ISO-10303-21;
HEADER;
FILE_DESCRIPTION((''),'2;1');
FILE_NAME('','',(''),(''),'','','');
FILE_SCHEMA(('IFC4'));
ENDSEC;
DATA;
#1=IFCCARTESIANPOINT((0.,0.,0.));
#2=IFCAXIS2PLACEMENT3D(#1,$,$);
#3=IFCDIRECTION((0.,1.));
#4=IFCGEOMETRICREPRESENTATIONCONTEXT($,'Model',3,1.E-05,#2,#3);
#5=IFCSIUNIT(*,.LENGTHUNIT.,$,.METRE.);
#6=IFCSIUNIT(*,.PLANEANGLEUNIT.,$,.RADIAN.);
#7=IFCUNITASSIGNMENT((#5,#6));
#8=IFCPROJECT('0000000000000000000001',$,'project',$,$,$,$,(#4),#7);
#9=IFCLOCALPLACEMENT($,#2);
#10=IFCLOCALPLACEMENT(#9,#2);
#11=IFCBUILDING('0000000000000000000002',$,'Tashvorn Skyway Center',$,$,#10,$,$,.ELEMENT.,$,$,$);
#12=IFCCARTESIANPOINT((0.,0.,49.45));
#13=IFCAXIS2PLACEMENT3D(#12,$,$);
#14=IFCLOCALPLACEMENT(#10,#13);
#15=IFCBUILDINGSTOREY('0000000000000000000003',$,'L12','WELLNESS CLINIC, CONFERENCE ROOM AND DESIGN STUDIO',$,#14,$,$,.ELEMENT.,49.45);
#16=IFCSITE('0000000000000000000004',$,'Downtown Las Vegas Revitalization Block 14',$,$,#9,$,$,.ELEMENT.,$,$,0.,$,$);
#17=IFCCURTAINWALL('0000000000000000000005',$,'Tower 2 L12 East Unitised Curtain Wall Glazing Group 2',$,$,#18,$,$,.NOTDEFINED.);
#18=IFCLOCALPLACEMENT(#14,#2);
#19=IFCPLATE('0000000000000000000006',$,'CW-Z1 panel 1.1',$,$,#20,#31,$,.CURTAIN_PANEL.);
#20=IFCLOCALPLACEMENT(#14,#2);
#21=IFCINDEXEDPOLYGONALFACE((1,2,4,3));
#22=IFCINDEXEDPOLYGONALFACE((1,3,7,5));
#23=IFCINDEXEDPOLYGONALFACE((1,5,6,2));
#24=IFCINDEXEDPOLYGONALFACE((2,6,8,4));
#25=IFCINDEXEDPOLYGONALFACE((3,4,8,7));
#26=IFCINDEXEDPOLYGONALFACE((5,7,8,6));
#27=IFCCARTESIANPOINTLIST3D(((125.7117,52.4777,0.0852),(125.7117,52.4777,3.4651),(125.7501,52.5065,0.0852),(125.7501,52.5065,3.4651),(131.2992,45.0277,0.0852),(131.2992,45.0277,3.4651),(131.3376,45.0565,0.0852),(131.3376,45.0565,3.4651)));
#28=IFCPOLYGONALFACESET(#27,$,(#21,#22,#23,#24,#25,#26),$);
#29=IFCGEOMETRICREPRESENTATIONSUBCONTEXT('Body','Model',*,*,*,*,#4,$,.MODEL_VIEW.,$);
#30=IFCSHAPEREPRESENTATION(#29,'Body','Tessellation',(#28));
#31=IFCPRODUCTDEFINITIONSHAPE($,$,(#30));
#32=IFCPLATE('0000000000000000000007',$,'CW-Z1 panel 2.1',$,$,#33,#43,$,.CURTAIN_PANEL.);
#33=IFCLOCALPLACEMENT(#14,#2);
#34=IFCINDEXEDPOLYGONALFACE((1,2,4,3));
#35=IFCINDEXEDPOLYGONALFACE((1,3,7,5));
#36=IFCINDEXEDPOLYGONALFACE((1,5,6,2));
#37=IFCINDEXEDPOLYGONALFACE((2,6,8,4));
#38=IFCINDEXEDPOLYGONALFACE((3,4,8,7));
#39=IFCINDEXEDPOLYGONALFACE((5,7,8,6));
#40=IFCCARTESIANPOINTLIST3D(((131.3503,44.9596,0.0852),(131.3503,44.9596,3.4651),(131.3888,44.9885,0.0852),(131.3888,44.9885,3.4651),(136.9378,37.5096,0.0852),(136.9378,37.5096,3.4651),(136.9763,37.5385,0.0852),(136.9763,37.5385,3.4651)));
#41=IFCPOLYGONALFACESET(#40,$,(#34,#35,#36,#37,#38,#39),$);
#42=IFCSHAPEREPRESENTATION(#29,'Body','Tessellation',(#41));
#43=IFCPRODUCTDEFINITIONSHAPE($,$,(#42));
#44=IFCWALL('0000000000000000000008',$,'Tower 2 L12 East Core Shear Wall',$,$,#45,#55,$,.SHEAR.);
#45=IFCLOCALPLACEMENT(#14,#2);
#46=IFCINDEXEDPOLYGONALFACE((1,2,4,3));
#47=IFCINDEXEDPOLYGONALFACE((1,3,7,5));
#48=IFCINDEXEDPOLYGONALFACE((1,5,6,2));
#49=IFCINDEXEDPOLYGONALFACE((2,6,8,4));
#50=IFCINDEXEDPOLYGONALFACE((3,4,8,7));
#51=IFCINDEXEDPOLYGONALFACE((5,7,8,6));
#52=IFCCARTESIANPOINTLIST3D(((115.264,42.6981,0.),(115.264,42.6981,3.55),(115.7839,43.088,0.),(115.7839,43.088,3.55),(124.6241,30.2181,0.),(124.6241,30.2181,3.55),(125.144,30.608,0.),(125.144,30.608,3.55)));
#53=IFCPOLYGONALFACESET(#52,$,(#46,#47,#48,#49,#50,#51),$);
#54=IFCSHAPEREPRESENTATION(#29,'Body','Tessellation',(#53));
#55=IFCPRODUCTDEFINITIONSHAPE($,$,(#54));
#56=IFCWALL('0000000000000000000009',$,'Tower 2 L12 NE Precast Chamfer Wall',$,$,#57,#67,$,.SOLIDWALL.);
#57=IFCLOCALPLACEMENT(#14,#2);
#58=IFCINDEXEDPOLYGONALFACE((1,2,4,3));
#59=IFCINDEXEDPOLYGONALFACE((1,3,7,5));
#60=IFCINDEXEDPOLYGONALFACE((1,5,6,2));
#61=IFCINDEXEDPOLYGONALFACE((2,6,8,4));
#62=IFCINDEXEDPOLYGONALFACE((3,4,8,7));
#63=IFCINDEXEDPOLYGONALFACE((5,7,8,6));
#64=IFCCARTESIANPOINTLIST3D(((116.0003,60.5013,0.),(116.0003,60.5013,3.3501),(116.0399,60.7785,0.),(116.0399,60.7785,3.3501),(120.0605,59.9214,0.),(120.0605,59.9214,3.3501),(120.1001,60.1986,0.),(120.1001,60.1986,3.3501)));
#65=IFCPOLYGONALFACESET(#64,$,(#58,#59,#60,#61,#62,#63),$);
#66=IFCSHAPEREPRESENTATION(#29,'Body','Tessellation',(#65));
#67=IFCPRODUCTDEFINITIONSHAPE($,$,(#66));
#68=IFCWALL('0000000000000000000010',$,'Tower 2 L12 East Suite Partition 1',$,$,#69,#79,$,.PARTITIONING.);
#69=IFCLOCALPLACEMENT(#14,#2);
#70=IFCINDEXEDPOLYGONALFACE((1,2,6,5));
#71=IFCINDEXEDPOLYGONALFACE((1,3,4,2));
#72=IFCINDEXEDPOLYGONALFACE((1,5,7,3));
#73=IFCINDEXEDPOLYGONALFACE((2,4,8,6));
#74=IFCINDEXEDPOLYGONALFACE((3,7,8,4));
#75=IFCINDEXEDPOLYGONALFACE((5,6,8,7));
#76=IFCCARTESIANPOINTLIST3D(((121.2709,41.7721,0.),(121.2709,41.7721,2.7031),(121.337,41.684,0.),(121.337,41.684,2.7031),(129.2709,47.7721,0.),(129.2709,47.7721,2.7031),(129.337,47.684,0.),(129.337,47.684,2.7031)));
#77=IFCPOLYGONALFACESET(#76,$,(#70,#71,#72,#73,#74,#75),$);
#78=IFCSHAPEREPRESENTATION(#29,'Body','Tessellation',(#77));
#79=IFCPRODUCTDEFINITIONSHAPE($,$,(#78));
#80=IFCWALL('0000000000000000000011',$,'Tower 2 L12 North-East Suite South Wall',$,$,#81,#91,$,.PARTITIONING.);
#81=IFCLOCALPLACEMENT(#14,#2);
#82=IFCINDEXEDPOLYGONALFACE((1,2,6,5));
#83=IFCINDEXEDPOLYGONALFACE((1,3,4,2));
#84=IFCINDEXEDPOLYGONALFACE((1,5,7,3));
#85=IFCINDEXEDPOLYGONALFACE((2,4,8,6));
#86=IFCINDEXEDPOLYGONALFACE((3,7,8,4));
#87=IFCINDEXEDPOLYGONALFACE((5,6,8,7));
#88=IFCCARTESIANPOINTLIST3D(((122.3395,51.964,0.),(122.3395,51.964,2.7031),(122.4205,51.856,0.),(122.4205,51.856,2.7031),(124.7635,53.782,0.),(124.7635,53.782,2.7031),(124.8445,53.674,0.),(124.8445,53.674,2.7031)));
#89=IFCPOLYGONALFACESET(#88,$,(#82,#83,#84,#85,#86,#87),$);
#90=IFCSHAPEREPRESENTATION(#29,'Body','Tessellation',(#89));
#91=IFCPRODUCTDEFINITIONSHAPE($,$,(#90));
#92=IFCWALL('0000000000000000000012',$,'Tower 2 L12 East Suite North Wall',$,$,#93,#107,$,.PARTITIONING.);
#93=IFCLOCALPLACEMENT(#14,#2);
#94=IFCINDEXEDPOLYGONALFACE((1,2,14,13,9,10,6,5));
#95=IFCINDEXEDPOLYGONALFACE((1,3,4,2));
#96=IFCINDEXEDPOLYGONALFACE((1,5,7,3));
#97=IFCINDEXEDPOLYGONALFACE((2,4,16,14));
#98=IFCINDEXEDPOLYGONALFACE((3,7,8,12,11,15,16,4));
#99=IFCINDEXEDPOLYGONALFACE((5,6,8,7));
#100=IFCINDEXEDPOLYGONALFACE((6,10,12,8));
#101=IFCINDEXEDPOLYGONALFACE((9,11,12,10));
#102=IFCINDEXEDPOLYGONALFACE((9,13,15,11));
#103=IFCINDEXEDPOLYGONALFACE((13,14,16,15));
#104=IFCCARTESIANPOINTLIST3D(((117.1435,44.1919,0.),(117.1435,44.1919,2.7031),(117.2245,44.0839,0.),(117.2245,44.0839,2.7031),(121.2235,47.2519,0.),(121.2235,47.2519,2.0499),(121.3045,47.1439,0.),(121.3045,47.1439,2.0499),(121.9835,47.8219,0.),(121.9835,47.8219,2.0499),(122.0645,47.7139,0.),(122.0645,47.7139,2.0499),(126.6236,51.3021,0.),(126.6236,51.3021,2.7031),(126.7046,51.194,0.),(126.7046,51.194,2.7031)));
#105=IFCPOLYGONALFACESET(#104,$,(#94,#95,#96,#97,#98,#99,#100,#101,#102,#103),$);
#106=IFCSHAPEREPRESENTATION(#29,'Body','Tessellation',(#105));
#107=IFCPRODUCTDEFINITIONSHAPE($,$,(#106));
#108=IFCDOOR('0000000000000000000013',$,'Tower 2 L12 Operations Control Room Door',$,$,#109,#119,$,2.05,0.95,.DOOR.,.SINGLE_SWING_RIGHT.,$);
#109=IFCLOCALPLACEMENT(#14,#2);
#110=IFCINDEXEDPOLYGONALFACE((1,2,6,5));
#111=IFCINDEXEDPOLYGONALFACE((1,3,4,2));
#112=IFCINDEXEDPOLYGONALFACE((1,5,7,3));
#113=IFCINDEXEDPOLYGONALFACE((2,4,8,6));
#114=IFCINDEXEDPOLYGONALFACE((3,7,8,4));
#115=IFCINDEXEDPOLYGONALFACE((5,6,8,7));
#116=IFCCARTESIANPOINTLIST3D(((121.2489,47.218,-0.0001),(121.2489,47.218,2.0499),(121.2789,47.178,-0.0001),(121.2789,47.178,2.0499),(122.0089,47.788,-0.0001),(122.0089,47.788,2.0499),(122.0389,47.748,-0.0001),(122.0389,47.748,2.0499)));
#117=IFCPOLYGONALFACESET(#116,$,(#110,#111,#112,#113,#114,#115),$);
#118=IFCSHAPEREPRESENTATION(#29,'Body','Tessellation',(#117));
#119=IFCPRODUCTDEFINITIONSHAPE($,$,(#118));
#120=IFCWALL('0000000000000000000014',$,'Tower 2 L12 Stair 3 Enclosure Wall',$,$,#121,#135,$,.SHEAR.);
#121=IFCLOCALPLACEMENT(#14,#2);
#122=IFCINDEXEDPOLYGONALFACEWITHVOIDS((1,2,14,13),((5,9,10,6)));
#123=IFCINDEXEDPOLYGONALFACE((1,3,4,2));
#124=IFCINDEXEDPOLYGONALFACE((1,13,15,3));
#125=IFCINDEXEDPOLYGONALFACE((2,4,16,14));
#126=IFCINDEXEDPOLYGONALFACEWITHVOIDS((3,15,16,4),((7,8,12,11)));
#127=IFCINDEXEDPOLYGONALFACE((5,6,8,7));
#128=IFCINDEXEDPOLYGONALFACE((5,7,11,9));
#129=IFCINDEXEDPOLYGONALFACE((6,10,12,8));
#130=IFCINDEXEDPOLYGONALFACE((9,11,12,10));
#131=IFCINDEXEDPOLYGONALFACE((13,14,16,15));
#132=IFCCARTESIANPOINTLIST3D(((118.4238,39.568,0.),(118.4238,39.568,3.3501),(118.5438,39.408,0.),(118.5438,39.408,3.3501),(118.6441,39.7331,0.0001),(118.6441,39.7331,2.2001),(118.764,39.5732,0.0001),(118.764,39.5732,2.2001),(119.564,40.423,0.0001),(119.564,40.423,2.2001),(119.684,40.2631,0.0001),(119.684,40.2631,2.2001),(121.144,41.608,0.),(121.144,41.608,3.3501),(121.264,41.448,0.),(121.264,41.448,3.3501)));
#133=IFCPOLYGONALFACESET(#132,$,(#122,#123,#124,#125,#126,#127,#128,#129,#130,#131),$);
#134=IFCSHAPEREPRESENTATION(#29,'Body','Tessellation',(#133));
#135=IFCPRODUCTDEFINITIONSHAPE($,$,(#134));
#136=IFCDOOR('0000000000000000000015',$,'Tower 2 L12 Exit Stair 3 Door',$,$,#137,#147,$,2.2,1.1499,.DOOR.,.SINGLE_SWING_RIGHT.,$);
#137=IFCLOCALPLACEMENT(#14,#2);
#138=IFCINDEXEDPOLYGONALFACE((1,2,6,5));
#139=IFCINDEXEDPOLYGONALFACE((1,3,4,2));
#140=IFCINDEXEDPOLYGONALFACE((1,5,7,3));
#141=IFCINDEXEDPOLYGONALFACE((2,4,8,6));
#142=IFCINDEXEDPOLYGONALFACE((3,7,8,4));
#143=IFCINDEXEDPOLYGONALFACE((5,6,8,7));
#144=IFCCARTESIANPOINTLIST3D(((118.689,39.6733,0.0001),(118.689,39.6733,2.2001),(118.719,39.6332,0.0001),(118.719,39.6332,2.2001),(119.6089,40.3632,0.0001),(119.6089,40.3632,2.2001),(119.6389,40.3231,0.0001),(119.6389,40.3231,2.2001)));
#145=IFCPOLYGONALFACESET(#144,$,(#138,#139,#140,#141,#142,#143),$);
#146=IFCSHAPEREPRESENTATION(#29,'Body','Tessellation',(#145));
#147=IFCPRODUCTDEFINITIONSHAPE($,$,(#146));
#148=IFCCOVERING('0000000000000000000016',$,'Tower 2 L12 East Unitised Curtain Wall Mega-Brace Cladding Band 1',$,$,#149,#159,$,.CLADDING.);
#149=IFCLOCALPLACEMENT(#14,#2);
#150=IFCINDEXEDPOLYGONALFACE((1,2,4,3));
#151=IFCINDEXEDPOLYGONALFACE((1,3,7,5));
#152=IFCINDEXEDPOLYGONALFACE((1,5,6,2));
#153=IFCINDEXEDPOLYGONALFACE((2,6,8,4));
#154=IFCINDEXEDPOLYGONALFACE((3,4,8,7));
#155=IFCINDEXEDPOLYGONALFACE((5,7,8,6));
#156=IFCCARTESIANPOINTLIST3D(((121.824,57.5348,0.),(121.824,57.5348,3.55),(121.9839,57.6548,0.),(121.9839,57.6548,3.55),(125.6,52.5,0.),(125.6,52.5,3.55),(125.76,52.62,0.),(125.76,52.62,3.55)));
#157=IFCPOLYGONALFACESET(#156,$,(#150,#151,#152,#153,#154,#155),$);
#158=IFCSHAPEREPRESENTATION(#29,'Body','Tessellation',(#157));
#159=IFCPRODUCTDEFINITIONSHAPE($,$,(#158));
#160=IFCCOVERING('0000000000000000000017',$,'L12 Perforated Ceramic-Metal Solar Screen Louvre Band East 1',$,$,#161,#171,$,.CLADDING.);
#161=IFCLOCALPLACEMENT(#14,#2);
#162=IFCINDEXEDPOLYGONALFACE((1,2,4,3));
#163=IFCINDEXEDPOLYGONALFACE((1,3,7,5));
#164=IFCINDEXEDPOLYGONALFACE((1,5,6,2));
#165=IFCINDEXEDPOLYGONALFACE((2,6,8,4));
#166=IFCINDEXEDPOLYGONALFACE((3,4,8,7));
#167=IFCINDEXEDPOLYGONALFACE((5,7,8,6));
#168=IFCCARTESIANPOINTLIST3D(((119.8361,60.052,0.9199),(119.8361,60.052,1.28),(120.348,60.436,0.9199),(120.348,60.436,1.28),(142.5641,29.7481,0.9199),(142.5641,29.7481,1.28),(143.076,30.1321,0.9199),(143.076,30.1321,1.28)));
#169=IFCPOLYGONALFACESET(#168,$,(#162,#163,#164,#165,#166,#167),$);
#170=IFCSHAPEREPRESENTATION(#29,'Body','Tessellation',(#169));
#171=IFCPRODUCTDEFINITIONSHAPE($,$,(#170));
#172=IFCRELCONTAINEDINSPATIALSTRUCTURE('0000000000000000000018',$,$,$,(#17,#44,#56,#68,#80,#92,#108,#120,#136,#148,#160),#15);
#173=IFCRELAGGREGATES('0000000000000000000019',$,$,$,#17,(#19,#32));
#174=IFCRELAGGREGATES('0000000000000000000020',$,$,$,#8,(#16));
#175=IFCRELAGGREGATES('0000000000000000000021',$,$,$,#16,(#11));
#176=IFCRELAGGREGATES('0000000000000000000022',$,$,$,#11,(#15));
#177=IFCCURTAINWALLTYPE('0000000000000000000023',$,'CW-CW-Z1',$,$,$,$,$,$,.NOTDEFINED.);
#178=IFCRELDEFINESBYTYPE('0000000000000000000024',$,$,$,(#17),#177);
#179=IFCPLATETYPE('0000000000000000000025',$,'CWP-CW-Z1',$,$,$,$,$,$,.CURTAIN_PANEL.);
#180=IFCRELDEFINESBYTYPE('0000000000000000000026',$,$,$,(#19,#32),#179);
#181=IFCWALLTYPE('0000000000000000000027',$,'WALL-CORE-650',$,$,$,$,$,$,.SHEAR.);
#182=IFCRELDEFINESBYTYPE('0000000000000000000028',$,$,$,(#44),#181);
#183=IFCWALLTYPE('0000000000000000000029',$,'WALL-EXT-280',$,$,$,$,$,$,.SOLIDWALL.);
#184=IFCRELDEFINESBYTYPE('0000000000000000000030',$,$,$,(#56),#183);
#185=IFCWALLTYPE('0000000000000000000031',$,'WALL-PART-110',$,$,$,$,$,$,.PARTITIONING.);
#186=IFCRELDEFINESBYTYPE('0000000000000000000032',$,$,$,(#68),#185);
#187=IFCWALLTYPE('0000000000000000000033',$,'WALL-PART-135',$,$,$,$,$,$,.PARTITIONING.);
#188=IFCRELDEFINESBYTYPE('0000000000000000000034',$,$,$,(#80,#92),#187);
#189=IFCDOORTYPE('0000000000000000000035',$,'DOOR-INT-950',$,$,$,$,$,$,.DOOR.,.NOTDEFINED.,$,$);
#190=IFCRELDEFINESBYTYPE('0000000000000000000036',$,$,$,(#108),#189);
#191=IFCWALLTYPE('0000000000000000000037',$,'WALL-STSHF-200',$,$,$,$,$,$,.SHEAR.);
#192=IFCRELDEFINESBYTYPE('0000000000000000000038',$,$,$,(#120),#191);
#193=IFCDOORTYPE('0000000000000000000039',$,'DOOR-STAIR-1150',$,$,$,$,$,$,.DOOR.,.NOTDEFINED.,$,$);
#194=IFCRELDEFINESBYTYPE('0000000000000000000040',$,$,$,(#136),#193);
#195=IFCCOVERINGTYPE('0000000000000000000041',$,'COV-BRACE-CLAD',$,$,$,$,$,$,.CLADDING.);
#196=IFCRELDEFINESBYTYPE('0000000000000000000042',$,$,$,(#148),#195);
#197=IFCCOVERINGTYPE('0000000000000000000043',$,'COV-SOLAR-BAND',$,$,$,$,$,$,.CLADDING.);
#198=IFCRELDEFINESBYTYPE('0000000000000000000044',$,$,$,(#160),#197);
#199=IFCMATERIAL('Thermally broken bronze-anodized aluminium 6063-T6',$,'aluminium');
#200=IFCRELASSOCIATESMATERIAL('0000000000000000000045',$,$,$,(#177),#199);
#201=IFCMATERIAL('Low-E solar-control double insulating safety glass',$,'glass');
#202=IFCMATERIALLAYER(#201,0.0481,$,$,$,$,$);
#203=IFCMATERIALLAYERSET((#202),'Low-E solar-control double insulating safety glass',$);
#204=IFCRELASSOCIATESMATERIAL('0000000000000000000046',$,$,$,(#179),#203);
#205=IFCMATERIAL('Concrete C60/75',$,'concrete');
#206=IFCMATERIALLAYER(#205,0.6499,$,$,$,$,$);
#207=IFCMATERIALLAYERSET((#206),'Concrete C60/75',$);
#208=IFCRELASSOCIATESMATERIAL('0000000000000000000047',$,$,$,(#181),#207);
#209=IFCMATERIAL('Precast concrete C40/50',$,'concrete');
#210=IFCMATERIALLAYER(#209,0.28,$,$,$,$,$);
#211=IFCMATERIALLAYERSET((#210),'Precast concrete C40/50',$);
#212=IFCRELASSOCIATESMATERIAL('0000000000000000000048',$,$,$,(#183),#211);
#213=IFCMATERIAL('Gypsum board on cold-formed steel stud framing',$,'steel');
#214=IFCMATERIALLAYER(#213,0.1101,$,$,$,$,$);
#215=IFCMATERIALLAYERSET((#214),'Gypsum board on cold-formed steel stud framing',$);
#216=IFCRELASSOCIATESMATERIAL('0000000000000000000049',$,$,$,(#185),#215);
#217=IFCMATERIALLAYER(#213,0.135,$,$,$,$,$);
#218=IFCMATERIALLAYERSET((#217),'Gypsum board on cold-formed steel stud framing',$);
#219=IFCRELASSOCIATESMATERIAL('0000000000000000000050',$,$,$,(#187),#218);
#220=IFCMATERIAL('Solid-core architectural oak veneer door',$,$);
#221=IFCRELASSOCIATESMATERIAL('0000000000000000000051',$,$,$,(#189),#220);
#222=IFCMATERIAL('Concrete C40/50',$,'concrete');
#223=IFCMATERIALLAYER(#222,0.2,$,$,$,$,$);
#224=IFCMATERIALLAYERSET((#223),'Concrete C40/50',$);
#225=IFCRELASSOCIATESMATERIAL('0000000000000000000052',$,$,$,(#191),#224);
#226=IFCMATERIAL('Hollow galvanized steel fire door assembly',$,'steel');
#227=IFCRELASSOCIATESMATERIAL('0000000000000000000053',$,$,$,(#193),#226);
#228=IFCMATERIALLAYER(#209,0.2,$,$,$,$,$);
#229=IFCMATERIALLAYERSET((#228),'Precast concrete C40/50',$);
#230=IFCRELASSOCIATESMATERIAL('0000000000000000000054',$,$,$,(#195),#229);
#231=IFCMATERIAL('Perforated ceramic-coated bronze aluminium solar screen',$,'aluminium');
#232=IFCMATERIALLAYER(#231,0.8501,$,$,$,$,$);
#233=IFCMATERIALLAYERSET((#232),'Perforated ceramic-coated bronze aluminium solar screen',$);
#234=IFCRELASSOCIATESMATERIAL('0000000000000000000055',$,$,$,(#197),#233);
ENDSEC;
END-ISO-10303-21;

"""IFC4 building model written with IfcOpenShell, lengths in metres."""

from ifc_helpers import new_model, si_unit, direction, frame, frame_2d, origin, origin_2d, place, context, subcontext, project, spatial, rectangle, extrude, material, layer, layer_set, type_object, element, fill, aggregate, save


model = new_model("IFC4")

# Units and contexts
model_context = context("Model", 3, precision=1e-05, world=origin(), true_north=direction((0.0, 1.0)))
body_context = subcontext(model_context, "Body", "Model", "MODEL_VIEW")
ifc_project = project(units=[si_unit("LENGTHUNIT", "METRE"), si_unit("PLANEANGLEUNIT", "RADIAN")], contexts=[model_context])

# Site, building, storey
site_placement = place(None, origin())
site = spatial("IfcSite", under=ifc_project, at=site_placement, Name="Downtown Las Vegas Revitalization Block 14", CompositionType="ELEMENT", RefElevation=0.0)
building_placement = place(site_placement, origin())
building = spatial("IfcBuilding", under=site, at=building_placement, Name="Tashvorn Skyway Center", CompositionType="ELEMENT")
storey_placement = place(building_placement, frame((0.0, 0.0, 49.45)))
storey = spatial("IfcBuildingStorey", under=building, at=storey_placement, Name="L12", Description="WELLNESS CLINIC, CONFERENCE ROOM AND DESIGN STUDIO", CompositionType="ELEMENT", Elevation=49.45)

# Shared definitions
ifc_material_1 = material(Name="Thermally broken bronze-anodized aluminium 6063-T6", Category="aluminium")
curtain_wall_type = type_object("IfcCurtainWallType", Name="CW-CW-Z1", PredefinedType="NOTDEFINED", material=ifc_material_1)

# Curtain wall
curtain_wall_1_placement = place(storey_placement, origin())
curtain_wall_1 = element("IfcCurtainWall", 1, at=curtain_wall_1_placement, inside=storey, type_object=curtain_wall_type, Name="Tower 2 L12 East Unitised Curtain Wall Glazing Group 2", PredefinedType="NOTDEFINED")

# Plates
ifc_material_2 = material(Name="Low-E solar-control double insulating safety glass", Category="glass")
ifc_layer_1 = layer(ifc_material_2, 0.0481)
ifc_layer_set_1 = layer_set([ifc_layer_1], Name="Low-E solar-control double insulating safety glass")
plate_type = type_object("IfcPlateType", Name="CWP-CW-Z1", PredefinedType="CURTAIN_PANEL", material=ifc_layer_set_1)
plate_1_placement = place(storey_placement, frame((128.5247, 48.7671, 0.0852), z_axis=(0.0, 0.0, 1.0), x_axis=(0.6, -0.8, 0.0)))
plate_1 = element("IfcPlate", 2, at=plate_1_placement, type_object=plate_type, Name="CW-Z1 panel 1.1", PredefinedType="CURTAIN_PANEL", context=body_context, shape_type="SweptSolid", body=[
    extrude(rectangle(XDim=9.3125, YDim=0.0481, at=origin_2d()), origin(), (0.0, 0.0, 1.0), 3.3799),
])
plate_2_placement = place(storey_placement, frame((134.1633, 41.249, 0.0852), z_axis=(0.0, 0.0, 1.0), x_axis=(0.6, -0.8, 0.0)))
plate_2 = element("IfcPlate", 3, at=plate_2_placement, type_object=plate_type, Name="CW-Z1 panel 2.1", PredefinedType="CURTAIN_PANEL", context=body_context, shape_type="SweptSolid", body=[
    extrude(rectangle(XDim=9.3125, YDim=0.0481, at=origin_2d()), origin(), (0.0, 0.0, 1.0), 3.3799),
])
aggregate(curtain_wall_1, [plate_1, plate_2])

# Walls
ifc_material_3 = material(Name="Concrete C60/75", Category="concrete")
ifc_layer_2 = layer(ifc_material_3, 0.6499)
ifc_layer_set_2 = layer_set([ifc_layer_2], Name="Concrete C60/75")
wall_type_1 = type_object("IfcWallType", Name="WALL-CORE-650", PredefinedType="SHEAR", material=ifc_layer_set_2)
wall_1_placement = place(storey_placement, frame((115.5239, 42.8931, 0.0), z_axis=(0.0, 0.0, 1.0), x_axis=(0.600005, -0.799996, 0.0)))
element("IfcWall", 4, at=wall_1_placement, inside=storey, type_object=wall_type_1, Name="Tower 2 L12 East Core Shear Wall", PredefinedType="SHEAR", context=body_context, shape_type="SweptSolid", body=[
    extrude(rectangle(XDim=15.6001, YDim=0.6499, at=frame_2d((7.8, 0.0))), origin(), (0.0, 0.0, 1.0), 3.55),
])
ifc_material_4 = material(Name="Precast concrete C40/50", Category="concrete")
ifc_layer_3 = layer(ifc_material_4, 0.28)
ifc_layer_set_3 = layer_set([ifc_layer_3], Name="Precast concrete C40/50")
wall_type_2 = type_object("IfcWallType", Name="WALL-EXT-280", PredefinedType="SOLIDWALL", material=ifc_layer_set_3)
wall_2_placement = place(storey_placement, frame((116.02, 60.6399, 0.0), z_axis=(0.0, 0.0, 1.0), x_axis=(0.989955, -0.14138, 0.0)))
element("IfcWall", 5, at=wall_2_placement, inside=storey, type_object=wall_type_2, Name="Tower 2 L12 NE Precast Chamfer Wall", PredefinedType="SOLIDWALL", context=body_context, shape_type="SweptSolid", body=[
    extrude(rectangle(XDim=4.1013, YDim=0.28, at=frame_2d((2.0508, 0.0))), origin(), (0.0, 0.0, 1.0), 3.3501),
])
ifc_material_5 = material(Name="Gypsum board on cold-formed steel stud framing", Category="steel")
ifc_layer_4 = layer(ifc_material_5, 0.1101)
ifc_layer_set_4 = layer_set([ifc_layer_4], Name="Gypsum board on cold-formed steel stud framing")
wall_type_3 = type_object("IfcWallType", Name="WALL-PART-110", PredefinedType="PARTITIONING", material=ifc_layer_set_4)
wall_3_placement = place(storey_placement, frame((129.304, 47.728, 0.0), z_axis=(0.0, 0.0, 1.0), x_axis=(-0.8, -0.6, 0.0)))
element("IfcWall", 6, at=wall_3_placement, inside=storey, type_object=wall_type_3, Name="Tower 2 L12 East Suite Partition 1", PredefinedType="PARTITIONING", context=body_context, shape_type="SweptSolid", body=[
    extrude(rectangle(XDim=10.0, YDim=0.1101, at=frame_2d((5.0, 0.0))), origin(), (0.0, 0.0, 1.0), 2.7031),
])
ifc_layer_5 = layer(ifc_material_5, 0.135)
ifc_layer_set_5 = layer_set([ifc_layer_5], Name="Gypsum board on cold-formed steel stud framing")
wall_type_4 = type_object("IfcWallType", Name="WALL-PART-135", PredefinedType="PARTITIONING", material=ifc_layer_set_5)
wall_4_placement = place(storey_placement, frame((122.3799, 51.9099, 0.0), z_axis=(0.0, 0.0, 1.0), x_axis=(0.79999, 0.600013, 0.0)))
element("IfcWall", 7, at=wall_4_placement, inside=storey, type_object=wall_type_4, Name="Tower 2 L12 North-East Suite South Wall", PredefinedType="PARTITIONING", context=body_context, shape_type="SweptSolid", body=[
    extrude(rectangle(XDim=3.03, YDim=0.135, at=frame_2d((1.5151, 0.0))), origin(), (0.0, 0.0, 1.0), 2.7031),
])

# Walls, openings, doors
wall_5_placement = place(storey_placement, frame((126.6641, 51.248, 0.0), z_axis=(0.0, 0.0, 1.0), x_axis=(-0.799995, -0.600007, 0.0)))
wall_5 = element("IfcWall", 8, at=wall_5_placement, inside=storey, type_object=wall_type_4, Name="Tower 2 L12 East Suite North Wall", PredefinedType="PARTITIONING", context=body_context, shape_type="SweptSolid", body=[
    extrude(rectangle(XDim=11.8501, YDim=0.135, at=frame_2d((5.925, 0.0))), origin(), (0.0, 0.0, 1.0), 2.7031),
])
opening_1_placement = place(wall_5_placement, frame((5.8, 0.0, 0.0)))
opening_1 = element("IfcOpeningElement", 9, at=opening_1_placement, cuts=wall_5, PredefinedType="OPENING", context=body_context, shape_type="SweptSolid", body=[
    extrude(rectangle(XDim=0.95, YDim=2.05, at=frame_2d((0.4751, 1.0249))), frame((0.0, 0.0774, 0.0), z_axis=(0.0, -1.0, 0.0), x_axis=(1.0, 0.0, 0.0)), (0.0, 0.0, 1.0), 0.155),
])
ifc_material_6 = material(Name="Solid-core architectural oak veneer door")
door_type_1 = type_object("IfcDoorType", Name="DOOR-INT-950", OperationType="NOTDEFINED", PredefinedType="DOOR", material=ifc_material_6)
door_1_placement = place(opening_1_placement, origin())
door_1 = element("IfcDoor", 10, at=door_1_placement, inside=storey, type_object=door_type_1, Name="Tower 2 L12 Operations Control Room Door", OperationType="SINGLE_SWING_RIGHT", OverallHeight=2.05, OverallWidth=0.95, PredefinedType="DOOR", context=body_context, shape_type="SweptSolid", body=[
    extrude(rectangle(XDim=0.95, YDim=2.05, at=frame_2d((0.4751, 1.0249))), frame((0.0, 0.0249, 0.0), z_axis=(0.0, -1.0, 0.0), x_axis=(1.0, 0.0, 0.0)), (0.0, 0.0, 1.0), 0.05),
])
fill(opening_1, door_1)
ifc_material_7 = material(Name="Concrete C40/50", Category="concrete")
ifc_layer_6 = layer(ifc_material_7, 0.2)
ifc_layer_set_6 = layer_set([ifc_layer_6], Name="Concrete C40/50")
wall_type_5 = type_object("IfcWallType", Name="WALL-STSHF-200", PredefinedType="SHEAR", material=ifc_layer_set_6)
wall_6_placement = place(storey_placement, frame((121.2041, 41.5281, 0.0), z_axis=(0.0, 0.0, 1.0), x_axis=(-0.800017, -0.599977, 0.0)))
wall_6 = element("IfcWall", 11, at=wall_6_placement, inside=storey, type_object=wall_type_5, Name="Tower 2 L12 Stair 3 Enclosure Wall", PredefinedType="SHEAR", context=body_context, shape_type="SweptSolid", body=[
    extrude(rectangle(XDim=3.4001, YDim=0.2, at=frame_2d((1.7002, 0.0))), origin(), (0.0, 0.0, 1.0), 3.3501),
])
opening_2_placement = place(wall_6_placement, frame((1.9751, 0.0, 0.0)))
opening_2 = element("IfcOpeningElement", 12, at=opening_2_placement, cuts=wall_6, PredefinedType="OPENING", context=body_context, shape_type="SweptSolid", body=[
    extrude(rectangle(XDim=1.1499, YDim=2.2, at=frame_2d((0.575, 1.1001))), frame((0.0, 0.1099, 0.0), z_axis=(0.0, -1.0, 0.0), x_axis=(1.0, 0.0, 0.0)), (0.0, 0.0, 1.0), 0.22),
])
ifc_material_8 = material(Name="Hollow galvanized steel fire door assembly", Category="steel")
door_type_2 = type_object("IfcDoorType", Name="DOOR-STAIR-1150", OperationType="NOTDEFINED", PredefinedType="DOOR", material=ifc_material_8)
door_2_placement = place(opening_2_placement, origin())
door_2 = element("IfcDoor", 13, at=door_2_placement, inside=storey, type_object=door_type_2, Name="Tower 2 L12 Exit Stair 3 Door", OperationType="SINGLE_SWING_RIGHT", OverallHeight=2.2, OverallWidth=1.1499, PredefinedType="DOOR", context=body_context, shape_type="SweptSolid", body=[
    extrude(rectangle(XDim=1.1499, YDim=2.2, at=frame_2d((0.575, 1.1001))), frame((0.0, 0.0249, 0.0), z_axis=(0.0, -1.0, 0.0), x_axis=(1.0, 0.0, 0.0)), (0.0, 0.0, 1.0), 0.05),
])
fill(opening_2, door_2)

# Coverings
ifc_layer_7 = layer(ifc_material_4, 0.2)
ifc_layer_set_7 = layer_set([ifc_layer_7], Name="Precast concrete C40/50")
covering_type_1 = type_object("IfcCoveringType", Name="COV-BRACE-CLAD", PredefinedType="CLADDING", material=ifc_layer_set_7)
covering_1_placement = place(storey_placement, frame((123.792, 55.0774, 0.0), z_axis=(0.0, 0.0, 1.0), x_axis=(0.6, -0.8, 0.0)))
element("IfcCovering", 14, at=covering_1_placement, inside=storey, type_object=covering_type_1, Name="Tower 2 L12 East Unitised Curtain Wall Mega-Brace Cladding Band 1", PredefinedType="CLADDING", context=body_context, shape_type="SweptSolid", body=[
    extrude(rectangle(XDim=6.2935, YDim=0.2, at=origin_2d()), origin(), (0.0, 0.0, 1.0), 3.55),
])
ifc_material_9 = material(Name="Perforated ceramic-coated bronze aluminium solar screen", Category="aluminium")
ifc_layer_8 = layer(ifc_material_9, 0.8501)
ifc_layer_set_8 = layer_set([ifc_layer_8], Name="Perforated ceramic-coated bronze aluminium solar screen")
covering_type_2 = type_object("IfcCoveringType", Name="COV-SOLAR-BAND", PredefinedType="CLADDING", material=ifc_layer_set_8)
for number, where, z_axis, x_axis, name in (
    (15, (131.4561, 45.092, 0.9199), (0.0, 0.0, 1.0), (0.6, -0.8, 0.0), "L12 Perforated Ceramic-Metal Solar Screen Louvre Band East 1"),
):
    element("IfcCovering", number, at=place(storey_placement, frame(where, z_axis=z_axis, x_axis=x_axis)), inside=storey, type_object=covering_type_2, Name=name, PredefinedType="CLADDING", context=body_context, shape_type="SweptSolid", body=[
        extrude(rectangle(XDim=37.8799, YDim=0.6399, at=origin_2d()), origin(), (0.0, 0.0, 1.0), 0.3601),
    ])

save(model, "model.ifc")
